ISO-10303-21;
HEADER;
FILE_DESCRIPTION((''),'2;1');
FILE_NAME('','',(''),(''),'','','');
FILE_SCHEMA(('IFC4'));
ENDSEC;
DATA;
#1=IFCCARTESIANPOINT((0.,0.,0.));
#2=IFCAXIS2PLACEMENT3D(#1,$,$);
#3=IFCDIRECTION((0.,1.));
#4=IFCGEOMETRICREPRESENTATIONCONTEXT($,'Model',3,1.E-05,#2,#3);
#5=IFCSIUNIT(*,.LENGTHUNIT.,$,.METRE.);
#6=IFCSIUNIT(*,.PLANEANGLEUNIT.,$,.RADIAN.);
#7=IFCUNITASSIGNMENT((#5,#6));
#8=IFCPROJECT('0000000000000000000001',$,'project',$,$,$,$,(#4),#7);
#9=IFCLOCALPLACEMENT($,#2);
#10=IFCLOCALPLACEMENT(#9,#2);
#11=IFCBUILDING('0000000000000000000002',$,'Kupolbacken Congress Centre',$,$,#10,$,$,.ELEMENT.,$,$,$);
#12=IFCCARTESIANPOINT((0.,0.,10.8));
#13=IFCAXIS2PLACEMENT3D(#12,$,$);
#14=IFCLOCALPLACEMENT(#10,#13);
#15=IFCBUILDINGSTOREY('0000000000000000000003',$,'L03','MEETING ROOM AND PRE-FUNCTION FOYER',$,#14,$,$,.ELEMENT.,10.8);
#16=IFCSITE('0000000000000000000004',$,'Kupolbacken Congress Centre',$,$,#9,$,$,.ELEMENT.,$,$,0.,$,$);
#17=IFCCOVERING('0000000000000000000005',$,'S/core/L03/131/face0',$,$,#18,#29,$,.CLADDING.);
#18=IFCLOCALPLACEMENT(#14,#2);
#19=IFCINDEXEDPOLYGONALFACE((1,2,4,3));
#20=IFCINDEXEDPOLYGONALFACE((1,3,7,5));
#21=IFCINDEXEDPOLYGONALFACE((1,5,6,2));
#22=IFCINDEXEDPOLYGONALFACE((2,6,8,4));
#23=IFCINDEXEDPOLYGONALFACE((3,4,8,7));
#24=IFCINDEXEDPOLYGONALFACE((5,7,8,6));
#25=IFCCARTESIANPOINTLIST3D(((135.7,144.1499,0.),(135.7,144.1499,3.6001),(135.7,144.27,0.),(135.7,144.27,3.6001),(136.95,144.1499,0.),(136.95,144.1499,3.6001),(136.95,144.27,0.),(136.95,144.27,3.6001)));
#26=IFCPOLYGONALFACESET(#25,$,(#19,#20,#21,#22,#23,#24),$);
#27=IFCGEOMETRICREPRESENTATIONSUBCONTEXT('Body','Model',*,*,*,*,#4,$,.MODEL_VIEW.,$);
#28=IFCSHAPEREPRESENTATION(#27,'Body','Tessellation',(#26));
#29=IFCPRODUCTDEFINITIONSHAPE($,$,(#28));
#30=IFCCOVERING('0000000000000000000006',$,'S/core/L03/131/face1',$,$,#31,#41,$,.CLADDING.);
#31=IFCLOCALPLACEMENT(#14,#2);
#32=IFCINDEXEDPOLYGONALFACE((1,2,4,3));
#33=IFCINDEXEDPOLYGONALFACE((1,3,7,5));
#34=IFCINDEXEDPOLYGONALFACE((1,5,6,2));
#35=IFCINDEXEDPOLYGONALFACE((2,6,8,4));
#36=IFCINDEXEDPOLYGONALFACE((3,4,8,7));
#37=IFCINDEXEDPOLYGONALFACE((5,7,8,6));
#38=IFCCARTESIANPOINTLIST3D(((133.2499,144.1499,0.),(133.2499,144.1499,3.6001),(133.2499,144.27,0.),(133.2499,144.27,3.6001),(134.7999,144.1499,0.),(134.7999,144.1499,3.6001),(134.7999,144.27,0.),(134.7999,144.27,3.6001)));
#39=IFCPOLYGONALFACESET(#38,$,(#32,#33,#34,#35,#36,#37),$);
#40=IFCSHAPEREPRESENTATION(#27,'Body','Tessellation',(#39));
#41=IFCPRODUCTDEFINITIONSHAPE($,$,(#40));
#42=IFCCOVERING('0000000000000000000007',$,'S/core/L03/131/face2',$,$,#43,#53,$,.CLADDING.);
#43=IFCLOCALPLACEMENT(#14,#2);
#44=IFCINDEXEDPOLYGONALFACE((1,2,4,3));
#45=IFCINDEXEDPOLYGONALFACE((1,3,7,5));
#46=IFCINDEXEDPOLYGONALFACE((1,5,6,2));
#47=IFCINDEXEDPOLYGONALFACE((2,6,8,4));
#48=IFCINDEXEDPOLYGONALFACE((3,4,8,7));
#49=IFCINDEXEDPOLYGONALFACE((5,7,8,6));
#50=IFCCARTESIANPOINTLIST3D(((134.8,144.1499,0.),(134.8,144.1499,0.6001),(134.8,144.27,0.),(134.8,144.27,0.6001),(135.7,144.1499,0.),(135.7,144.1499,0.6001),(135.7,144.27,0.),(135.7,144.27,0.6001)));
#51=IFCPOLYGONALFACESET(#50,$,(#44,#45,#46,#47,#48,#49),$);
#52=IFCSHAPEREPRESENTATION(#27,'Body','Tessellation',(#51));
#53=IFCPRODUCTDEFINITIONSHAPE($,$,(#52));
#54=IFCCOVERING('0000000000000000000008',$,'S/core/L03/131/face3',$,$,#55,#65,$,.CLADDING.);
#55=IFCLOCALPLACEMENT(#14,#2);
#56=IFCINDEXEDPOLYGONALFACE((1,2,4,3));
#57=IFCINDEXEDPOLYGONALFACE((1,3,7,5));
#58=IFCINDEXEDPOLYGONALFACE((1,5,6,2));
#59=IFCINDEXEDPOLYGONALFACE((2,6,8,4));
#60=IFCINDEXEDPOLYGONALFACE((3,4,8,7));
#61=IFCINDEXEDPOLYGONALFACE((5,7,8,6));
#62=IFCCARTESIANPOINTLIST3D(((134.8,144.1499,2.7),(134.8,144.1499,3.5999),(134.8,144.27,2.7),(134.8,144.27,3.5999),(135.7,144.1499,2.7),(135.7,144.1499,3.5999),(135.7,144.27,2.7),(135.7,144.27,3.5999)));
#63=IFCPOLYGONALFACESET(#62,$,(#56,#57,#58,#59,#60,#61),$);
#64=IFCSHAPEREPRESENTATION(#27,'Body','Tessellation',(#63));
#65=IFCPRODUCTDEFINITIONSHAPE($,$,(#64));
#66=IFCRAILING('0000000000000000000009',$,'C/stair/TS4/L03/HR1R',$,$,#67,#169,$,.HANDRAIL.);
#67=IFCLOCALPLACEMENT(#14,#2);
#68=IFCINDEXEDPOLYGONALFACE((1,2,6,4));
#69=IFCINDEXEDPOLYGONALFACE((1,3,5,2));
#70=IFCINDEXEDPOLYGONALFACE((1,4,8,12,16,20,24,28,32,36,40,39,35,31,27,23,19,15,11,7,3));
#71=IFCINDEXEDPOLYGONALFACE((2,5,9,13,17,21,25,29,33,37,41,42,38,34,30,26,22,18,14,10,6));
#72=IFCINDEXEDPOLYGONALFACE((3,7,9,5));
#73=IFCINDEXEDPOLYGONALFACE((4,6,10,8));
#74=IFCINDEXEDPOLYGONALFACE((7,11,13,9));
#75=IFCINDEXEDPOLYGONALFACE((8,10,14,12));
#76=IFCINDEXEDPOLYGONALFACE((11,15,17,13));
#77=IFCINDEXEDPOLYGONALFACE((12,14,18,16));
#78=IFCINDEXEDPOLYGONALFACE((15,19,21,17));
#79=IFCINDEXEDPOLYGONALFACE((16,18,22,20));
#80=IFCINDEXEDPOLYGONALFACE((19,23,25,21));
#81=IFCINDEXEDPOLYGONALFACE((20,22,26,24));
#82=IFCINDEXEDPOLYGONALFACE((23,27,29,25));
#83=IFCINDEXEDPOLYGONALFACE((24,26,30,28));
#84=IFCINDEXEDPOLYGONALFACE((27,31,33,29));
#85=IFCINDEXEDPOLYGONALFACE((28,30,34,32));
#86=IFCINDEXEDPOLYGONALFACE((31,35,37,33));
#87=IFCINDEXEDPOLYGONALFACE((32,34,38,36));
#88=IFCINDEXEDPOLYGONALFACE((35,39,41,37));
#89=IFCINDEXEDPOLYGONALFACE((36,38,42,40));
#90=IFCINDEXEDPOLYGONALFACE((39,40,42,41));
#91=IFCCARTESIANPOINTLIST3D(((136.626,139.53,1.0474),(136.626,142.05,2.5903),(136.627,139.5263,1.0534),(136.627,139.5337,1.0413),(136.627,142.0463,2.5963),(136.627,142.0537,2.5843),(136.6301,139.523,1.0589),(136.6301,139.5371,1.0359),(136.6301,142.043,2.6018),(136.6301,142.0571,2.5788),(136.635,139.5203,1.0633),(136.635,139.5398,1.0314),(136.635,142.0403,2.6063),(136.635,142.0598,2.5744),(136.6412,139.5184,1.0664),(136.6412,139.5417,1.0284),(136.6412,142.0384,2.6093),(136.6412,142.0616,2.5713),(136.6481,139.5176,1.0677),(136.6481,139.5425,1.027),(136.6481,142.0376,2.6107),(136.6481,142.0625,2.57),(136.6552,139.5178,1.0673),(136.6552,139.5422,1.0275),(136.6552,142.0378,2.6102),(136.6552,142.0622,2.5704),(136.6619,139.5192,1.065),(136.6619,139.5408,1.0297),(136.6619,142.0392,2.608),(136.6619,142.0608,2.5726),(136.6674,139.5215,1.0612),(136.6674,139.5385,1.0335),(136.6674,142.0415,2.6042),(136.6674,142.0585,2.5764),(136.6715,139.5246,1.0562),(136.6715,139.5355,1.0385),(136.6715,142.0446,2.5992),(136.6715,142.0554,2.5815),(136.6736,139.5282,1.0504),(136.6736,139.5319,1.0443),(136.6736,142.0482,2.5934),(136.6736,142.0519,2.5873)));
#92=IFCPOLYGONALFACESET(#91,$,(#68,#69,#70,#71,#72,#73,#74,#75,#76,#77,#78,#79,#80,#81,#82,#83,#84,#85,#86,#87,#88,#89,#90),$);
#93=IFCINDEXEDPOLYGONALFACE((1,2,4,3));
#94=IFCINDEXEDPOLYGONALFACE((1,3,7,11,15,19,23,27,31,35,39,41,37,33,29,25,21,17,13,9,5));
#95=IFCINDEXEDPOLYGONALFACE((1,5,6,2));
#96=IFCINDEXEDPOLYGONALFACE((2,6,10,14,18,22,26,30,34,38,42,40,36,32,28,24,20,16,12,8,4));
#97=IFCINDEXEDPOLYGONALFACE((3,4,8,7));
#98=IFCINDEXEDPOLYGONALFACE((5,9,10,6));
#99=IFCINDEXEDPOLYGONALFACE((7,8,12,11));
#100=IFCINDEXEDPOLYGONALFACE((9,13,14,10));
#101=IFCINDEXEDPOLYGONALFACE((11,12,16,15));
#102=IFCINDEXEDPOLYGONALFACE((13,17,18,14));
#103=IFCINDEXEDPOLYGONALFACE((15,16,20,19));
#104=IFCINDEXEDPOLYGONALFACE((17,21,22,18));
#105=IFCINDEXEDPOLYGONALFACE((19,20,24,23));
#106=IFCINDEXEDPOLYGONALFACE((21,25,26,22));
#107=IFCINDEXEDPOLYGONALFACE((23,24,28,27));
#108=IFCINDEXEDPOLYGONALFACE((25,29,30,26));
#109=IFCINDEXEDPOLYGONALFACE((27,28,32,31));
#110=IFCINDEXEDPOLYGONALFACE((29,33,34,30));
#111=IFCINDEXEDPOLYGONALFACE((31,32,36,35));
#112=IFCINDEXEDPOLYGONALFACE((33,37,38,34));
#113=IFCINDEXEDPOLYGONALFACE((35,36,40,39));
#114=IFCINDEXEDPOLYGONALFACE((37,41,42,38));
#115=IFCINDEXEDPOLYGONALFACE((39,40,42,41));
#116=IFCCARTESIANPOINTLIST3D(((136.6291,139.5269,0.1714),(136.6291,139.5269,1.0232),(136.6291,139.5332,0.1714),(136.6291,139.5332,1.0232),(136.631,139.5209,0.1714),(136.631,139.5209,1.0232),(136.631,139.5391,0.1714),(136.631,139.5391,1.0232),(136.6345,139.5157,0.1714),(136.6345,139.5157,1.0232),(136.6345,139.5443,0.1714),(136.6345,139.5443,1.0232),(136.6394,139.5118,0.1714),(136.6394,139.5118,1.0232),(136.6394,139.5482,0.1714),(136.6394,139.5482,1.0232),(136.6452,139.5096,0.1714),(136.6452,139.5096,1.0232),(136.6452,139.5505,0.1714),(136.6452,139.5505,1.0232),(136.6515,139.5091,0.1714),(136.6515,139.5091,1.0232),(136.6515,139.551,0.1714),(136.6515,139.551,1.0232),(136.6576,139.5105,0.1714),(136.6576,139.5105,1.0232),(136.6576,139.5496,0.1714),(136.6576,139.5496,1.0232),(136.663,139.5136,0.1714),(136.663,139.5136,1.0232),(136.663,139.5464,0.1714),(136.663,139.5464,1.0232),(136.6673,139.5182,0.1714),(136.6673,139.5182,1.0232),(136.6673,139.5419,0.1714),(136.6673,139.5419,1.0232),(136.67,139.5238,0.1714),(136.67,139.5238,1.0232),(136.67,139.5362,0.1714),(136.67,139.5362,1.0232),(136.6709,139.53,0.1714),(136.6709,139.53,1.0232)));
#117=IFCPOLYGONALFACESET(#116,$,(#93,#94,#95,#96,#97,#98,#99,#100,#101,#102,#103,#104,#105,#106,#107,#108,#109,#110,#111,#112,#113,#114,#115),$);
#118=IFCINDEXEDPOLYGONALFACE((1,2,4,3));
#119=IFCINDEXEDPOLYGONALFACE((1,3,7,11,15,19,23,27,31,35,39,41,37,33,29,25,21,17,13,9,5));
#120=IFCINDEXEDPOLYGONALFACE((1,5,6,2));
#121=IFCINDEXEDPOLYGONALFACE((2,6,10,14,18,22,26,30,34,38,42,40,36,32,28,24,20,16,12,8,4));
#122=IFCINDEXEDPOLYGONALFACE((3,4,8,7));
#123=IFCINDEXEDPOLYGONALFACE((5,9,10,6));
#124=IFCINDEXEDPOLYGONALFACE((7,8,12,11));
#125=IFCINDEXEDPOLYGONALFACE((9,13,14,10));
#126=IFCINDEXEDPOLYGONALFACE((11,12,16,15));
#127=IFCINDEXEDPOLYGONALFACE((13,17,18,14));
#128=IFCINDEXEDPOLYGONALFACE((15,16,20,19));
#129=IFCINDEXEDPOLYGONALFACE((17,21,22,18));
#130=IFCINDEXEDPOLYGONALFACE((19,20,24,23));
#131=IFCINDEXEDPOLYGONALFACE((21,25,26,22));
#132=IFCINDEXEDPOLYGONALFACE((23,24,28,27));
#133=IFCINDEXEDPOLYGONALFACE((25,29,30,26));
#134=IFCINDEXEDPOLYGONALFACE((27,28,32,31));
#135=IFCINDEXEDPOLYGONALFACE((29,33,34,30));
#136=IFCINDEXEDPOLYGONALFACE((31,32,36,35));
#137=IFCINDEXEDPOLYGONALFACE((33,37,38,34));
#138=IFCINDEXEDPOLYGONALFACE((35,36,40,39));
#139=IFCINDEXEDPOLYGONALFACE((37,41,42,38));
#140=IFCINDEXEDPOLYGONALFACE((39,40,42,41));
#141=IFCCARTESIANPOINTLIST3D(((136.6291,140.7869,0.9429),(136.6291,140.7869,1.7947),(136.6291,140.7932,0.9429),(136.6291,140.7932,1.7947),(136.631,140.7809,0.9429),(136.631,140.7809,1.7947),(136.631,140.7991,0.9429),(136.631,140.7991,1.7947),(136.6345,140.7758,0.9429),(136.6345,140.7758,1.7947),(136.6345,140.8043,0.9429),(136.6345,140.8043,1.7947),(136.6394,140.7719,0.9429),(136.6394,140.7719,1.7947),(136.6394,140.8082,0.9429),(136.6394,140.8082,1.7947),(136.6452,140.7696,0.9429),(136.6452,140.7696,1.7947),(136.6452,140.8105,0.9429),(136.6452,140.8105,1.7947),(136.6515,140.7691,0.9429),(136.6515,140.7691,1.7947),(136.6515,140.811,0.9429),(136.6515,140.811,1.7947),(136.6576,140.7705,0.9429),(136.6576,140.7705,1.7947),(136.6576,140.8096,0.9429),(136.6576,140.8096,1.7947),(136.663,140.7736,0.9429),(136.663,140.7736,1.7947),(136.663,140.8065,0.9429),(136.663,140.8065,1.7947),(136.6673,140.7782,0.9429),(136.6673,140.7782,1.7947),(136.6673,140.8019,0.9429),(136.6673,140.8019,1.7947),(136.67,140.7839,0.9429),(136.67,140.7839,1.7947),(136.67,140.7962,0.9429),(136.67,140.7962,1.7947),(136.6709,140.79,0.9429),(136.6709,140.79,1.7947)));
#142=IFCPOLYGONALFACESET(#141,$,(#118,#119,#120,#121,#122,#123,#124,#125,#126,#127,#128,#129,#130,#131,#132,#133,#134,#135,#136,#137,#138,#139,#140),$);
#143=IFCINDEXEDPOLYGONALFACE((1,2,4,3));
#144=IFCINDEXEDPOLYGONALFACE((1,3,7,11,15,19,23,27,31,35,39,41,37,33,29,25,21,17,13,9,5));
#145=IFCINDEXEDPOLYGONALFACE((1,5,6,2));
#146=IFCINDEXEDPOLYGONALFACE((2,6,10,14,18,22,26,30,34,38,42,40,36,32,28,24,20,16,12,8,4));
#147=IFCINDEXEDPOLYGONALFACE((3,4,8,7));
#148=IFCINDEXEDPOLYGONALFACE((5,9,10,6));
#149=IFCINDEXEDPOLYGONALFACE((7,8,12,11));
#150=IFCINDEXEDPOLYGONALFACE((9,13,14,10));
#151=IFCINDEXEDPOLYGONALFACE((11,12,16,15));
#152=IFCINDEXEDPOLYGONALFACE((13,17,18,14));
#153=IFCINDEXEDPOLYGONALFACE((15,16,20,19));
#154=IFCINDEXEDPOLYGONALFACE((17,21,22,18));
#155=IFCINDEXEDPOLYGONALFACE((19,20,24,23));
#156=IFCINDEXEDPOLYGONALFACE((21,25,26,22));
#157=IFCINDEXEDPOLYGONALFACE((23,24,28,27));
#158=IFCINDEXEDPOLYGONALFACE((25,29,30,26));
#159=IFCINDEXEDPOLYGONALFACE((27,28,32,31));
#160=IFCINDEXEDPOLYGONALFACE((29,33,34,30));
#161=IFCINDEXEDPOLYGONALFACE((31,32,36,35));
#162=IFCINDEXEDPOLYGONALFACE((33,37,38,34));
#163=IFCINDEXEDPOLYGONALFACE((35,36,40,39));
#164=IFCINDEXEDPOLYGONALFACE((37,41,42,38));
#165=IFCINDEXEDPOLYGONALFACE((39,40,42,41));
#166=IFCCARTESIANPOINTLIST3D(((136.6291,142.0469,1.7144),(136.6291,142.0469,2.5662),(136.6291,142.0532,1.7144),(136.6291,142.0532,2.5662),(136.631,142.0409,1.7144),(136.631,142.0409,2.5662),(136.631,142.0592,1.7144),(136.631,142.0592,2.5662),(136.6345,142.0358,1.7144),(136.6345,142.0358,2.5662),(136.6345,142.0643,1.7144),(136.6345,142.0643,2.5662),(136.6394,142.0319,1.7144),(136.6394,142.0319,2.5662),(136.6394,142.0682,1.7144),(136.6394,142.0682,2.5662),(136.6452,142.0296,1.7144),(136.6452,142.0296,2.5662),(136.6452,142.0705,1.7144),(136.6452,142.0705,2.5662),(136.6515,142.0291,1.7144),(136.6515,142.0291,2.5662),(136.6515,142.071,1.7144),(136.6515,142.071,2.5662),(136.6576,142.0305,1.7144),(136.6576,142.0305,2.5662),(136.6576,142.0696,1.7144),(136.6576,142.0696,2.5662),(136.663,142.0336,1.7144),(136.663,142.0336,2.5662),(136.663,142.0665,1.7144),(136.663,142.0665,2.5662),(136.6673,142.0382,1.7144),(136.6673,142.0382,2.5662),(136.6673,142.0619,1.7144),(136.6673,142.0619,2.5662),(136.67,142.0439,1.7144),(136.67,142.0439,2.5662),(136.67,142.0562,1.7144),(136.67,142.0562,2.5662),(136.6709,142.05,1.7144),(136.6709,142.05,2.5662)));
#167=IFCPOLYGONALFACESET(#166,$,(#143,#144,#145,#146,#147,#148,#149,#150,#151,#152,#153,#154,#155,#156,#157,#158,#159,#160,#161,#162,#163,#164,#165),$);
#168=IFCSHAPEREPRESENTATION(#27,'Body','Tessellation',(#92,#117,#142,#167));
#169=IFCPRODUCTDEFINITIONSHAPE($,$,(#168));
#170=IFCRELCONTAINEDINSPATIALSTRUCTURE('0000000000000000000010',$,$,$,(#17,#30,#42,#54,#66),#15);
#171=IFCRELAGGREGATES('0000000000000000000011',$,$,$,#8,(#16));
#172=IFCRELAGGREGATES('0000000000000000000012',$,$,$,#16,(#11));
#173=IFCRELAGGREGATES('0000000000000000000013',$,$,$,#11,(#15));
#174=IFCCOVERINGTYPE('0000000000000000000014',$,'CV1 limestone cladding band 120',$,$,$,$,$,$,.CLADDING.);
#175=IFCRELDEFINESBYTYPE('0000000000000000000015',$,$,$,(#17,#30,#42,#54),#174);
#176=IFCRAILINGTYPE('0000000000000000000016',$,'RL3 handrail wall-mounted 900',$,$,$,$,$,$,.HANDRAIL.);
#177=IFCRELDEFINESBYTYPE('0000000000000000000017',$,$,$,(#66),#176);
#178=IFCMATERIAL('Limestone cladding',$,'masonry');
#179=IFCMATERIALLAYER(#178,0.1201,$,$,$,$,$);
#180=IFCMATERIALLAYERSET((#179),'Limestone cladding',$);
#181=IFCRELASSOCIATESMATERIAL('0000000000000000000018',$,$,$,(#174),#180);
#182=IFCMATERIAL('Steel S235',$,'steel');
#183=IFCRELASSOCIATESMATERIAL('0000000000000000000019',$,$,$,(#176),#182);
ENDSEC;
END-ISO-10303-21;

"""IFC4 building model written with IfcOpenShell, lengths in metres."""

from ifc_helpers import new_model, si_unit, direction, frame, origin, origin_2d, place, context, subcontext, project, spatial, rectangle, circle, extrude, material, layer, layer_set, type_object, element, save


model = new_model("IFC4")

# Units and contexts
model_context = context("Model", 3, precision=1e-05, world=origin(), true_north=direction((0.0, 1.0)))
body_context = subcontext(model_context, "Body", "Model", "MODEL_VIEW")
ifc_project = project(units=[si_unit("LENGTHUNIT", "METRE"), si_unit("PLANEANGLEUNIT", "RADIAN")], contexts=[model_context])

# Site, building, storey
site_placement = place(None, origin())
site = spatial("IfcSite", under=ifc_project, at=site_placement, Name="Kupolbacken Congress Centre", CompositionType="ELEMENT", RefElevation=0.0)
building_placement = place(site_placement, origin())
building = spatial("IfcBuilding", under=site, at=building_placement, Name="Kupolbacken Congress Centre", CompositionType="ELEMENT")
storey_placement = place(building_placement, frame((0.0, 0.0, 10.8)))
storey = spatial("IfcBuildingStorey", under=building, at=storey_placement, Name="L03", Description="MEETING ROOM AND PRE-FUNCTION FOYER", CompositionType="ELEMENT", Elevation=10.8)

# Coverings
ifc_material_1 = material(Name="Limestone cladding", Category="masonry")
ifc_layer_1 = layer(ifc_material_1, 0.1201)
ifc_layer_set_1 = layer_set([ifc_layer_1], Name="Limestone cladding")
covering_type = type_object("IfcCoveringType", Name="CV1 limestone cladding band 120", PredefinedType="CLADDING", material=ifc_layer_set_1)
covering_1_placement = place(storey_placement, frame((136.325, 144.21, 0.0), z_axis=(0.0, 0.0, 1.0), x_axis=(-1.0, 0.0, 0.0)))
element("IfcCovering", 1, at=covering_1_placement, inside=storey, type_object=covering_type, Name="S/core/L03/131/face0", PredefinedType="CLADDING", context=body_context, shape_type="SweptSolid", body=[
    extrude(rectangle(XDim=1.25, YDim=0.1201, at=origin_2d()), origin(), (0.0, 0.0, 1.0), 3.6001),
])
covering_2_placement = place(storey_placement, frame((134.0249, 144.21, 0.0), z_axis=(0.0, 0.0, 1.0), x_axis=(-1.0, 0.0, 0.0)))
element("IfcCovering", 2, at=covering_2_placement, inside=storey, type_object=covering_type, Name="S/core/L03/131/face1", PredefinedType="CLADDING", context=body_context, shape_type="SweptSolid", body=[
    extrude(rectangle(XDim=1.55, YDim=0.1201, at=origin_2d()), origin(), (0.0, 0.0, 1.0), 3.6001),
])
covering_3_placement = place(storey_placement, frame((135.25, 144.21, 0.0), z_axis=(0.0, 0.0, 1.0), x_axis=(-1.0, 0.0, 0.0)))
element("IfcCovering", 3, at=covering_3_placement, inside=storey, type_object=covering_type, Name="S/core/L03/131/face2", PredefinedType="CLADDING", context=body_context, shape_type="SweptSolid", body=[
    extrude(rectangle(XDim=0.8999, YDim=0.1201, at=origin_2d()), origin(), (0.0, 0.0, 1.0), 0.6001),
])
covering_4_placement = place(storey_placement, frame((135.25, 144.21, 2.7), z_axis=(0.0, 0.0, 1.0), x_axis=(-1.0, 0.0, 0.0)))
element("IfcCovering", 4, at=covering_4_placement, inside=storey, type_object=covering_type, Name="S/core/L03/131/face3", PredefinedType="CLADDING", context=body_context, shape_type="SweptSolid", body=[
    extrude(rectangle(XDim=0.8999, YDim=0.1201, at=origin_2d()), origin(), (0.0, 0.0, 1.0), 0.8999),
])

# Railing
ifc_material_2 = material(Name="Steel S235", Category="steel")
railing_type = type_object("IfcRailingType", Name="RL3 handrail wall-mounted 900", PredefinedType="HANDRAIL", material=ifc_material_2)
railing_placement = place(storey_placement, frame((136.6499, 139.53, 0.1714)))
element("IfcRailing", 5, at=railing_placement, inside=storey, type_object=railing_type, Name="C/stair/TS4/L03/HR1R", PredefinedType="HANDRAIL", context=body_context, shape_type="SweptSolid", body=[
    extrude(circle(Radius=0.0239, at=origin_2d()), frame((0.0, 0.0, 0.876), z_axis=(0.0, 0.852836, 0.522178), x_axis=(-1.0, 0.0, 0.0)), (0.0, 0.0, 1.0), 2.9548),
    extrude(circle(Radius=0.021, at=origin_2d()), origin(), (0.0, 0.0, 1.0), 0.8518),
    extrude(circle(Radius=0.021, at=origin_2d()), frame((0.0, 1.26, 0.7715)), (0.0, 0.0, 1.0), 0.8518),
    extrude(circle(Radius=0.021, at=origin_2d()), frame((0.0, 2.52, 1.543)), (0.0, 0.0, 1.0), 0.8518),
])

save(model, "model.ifc")
